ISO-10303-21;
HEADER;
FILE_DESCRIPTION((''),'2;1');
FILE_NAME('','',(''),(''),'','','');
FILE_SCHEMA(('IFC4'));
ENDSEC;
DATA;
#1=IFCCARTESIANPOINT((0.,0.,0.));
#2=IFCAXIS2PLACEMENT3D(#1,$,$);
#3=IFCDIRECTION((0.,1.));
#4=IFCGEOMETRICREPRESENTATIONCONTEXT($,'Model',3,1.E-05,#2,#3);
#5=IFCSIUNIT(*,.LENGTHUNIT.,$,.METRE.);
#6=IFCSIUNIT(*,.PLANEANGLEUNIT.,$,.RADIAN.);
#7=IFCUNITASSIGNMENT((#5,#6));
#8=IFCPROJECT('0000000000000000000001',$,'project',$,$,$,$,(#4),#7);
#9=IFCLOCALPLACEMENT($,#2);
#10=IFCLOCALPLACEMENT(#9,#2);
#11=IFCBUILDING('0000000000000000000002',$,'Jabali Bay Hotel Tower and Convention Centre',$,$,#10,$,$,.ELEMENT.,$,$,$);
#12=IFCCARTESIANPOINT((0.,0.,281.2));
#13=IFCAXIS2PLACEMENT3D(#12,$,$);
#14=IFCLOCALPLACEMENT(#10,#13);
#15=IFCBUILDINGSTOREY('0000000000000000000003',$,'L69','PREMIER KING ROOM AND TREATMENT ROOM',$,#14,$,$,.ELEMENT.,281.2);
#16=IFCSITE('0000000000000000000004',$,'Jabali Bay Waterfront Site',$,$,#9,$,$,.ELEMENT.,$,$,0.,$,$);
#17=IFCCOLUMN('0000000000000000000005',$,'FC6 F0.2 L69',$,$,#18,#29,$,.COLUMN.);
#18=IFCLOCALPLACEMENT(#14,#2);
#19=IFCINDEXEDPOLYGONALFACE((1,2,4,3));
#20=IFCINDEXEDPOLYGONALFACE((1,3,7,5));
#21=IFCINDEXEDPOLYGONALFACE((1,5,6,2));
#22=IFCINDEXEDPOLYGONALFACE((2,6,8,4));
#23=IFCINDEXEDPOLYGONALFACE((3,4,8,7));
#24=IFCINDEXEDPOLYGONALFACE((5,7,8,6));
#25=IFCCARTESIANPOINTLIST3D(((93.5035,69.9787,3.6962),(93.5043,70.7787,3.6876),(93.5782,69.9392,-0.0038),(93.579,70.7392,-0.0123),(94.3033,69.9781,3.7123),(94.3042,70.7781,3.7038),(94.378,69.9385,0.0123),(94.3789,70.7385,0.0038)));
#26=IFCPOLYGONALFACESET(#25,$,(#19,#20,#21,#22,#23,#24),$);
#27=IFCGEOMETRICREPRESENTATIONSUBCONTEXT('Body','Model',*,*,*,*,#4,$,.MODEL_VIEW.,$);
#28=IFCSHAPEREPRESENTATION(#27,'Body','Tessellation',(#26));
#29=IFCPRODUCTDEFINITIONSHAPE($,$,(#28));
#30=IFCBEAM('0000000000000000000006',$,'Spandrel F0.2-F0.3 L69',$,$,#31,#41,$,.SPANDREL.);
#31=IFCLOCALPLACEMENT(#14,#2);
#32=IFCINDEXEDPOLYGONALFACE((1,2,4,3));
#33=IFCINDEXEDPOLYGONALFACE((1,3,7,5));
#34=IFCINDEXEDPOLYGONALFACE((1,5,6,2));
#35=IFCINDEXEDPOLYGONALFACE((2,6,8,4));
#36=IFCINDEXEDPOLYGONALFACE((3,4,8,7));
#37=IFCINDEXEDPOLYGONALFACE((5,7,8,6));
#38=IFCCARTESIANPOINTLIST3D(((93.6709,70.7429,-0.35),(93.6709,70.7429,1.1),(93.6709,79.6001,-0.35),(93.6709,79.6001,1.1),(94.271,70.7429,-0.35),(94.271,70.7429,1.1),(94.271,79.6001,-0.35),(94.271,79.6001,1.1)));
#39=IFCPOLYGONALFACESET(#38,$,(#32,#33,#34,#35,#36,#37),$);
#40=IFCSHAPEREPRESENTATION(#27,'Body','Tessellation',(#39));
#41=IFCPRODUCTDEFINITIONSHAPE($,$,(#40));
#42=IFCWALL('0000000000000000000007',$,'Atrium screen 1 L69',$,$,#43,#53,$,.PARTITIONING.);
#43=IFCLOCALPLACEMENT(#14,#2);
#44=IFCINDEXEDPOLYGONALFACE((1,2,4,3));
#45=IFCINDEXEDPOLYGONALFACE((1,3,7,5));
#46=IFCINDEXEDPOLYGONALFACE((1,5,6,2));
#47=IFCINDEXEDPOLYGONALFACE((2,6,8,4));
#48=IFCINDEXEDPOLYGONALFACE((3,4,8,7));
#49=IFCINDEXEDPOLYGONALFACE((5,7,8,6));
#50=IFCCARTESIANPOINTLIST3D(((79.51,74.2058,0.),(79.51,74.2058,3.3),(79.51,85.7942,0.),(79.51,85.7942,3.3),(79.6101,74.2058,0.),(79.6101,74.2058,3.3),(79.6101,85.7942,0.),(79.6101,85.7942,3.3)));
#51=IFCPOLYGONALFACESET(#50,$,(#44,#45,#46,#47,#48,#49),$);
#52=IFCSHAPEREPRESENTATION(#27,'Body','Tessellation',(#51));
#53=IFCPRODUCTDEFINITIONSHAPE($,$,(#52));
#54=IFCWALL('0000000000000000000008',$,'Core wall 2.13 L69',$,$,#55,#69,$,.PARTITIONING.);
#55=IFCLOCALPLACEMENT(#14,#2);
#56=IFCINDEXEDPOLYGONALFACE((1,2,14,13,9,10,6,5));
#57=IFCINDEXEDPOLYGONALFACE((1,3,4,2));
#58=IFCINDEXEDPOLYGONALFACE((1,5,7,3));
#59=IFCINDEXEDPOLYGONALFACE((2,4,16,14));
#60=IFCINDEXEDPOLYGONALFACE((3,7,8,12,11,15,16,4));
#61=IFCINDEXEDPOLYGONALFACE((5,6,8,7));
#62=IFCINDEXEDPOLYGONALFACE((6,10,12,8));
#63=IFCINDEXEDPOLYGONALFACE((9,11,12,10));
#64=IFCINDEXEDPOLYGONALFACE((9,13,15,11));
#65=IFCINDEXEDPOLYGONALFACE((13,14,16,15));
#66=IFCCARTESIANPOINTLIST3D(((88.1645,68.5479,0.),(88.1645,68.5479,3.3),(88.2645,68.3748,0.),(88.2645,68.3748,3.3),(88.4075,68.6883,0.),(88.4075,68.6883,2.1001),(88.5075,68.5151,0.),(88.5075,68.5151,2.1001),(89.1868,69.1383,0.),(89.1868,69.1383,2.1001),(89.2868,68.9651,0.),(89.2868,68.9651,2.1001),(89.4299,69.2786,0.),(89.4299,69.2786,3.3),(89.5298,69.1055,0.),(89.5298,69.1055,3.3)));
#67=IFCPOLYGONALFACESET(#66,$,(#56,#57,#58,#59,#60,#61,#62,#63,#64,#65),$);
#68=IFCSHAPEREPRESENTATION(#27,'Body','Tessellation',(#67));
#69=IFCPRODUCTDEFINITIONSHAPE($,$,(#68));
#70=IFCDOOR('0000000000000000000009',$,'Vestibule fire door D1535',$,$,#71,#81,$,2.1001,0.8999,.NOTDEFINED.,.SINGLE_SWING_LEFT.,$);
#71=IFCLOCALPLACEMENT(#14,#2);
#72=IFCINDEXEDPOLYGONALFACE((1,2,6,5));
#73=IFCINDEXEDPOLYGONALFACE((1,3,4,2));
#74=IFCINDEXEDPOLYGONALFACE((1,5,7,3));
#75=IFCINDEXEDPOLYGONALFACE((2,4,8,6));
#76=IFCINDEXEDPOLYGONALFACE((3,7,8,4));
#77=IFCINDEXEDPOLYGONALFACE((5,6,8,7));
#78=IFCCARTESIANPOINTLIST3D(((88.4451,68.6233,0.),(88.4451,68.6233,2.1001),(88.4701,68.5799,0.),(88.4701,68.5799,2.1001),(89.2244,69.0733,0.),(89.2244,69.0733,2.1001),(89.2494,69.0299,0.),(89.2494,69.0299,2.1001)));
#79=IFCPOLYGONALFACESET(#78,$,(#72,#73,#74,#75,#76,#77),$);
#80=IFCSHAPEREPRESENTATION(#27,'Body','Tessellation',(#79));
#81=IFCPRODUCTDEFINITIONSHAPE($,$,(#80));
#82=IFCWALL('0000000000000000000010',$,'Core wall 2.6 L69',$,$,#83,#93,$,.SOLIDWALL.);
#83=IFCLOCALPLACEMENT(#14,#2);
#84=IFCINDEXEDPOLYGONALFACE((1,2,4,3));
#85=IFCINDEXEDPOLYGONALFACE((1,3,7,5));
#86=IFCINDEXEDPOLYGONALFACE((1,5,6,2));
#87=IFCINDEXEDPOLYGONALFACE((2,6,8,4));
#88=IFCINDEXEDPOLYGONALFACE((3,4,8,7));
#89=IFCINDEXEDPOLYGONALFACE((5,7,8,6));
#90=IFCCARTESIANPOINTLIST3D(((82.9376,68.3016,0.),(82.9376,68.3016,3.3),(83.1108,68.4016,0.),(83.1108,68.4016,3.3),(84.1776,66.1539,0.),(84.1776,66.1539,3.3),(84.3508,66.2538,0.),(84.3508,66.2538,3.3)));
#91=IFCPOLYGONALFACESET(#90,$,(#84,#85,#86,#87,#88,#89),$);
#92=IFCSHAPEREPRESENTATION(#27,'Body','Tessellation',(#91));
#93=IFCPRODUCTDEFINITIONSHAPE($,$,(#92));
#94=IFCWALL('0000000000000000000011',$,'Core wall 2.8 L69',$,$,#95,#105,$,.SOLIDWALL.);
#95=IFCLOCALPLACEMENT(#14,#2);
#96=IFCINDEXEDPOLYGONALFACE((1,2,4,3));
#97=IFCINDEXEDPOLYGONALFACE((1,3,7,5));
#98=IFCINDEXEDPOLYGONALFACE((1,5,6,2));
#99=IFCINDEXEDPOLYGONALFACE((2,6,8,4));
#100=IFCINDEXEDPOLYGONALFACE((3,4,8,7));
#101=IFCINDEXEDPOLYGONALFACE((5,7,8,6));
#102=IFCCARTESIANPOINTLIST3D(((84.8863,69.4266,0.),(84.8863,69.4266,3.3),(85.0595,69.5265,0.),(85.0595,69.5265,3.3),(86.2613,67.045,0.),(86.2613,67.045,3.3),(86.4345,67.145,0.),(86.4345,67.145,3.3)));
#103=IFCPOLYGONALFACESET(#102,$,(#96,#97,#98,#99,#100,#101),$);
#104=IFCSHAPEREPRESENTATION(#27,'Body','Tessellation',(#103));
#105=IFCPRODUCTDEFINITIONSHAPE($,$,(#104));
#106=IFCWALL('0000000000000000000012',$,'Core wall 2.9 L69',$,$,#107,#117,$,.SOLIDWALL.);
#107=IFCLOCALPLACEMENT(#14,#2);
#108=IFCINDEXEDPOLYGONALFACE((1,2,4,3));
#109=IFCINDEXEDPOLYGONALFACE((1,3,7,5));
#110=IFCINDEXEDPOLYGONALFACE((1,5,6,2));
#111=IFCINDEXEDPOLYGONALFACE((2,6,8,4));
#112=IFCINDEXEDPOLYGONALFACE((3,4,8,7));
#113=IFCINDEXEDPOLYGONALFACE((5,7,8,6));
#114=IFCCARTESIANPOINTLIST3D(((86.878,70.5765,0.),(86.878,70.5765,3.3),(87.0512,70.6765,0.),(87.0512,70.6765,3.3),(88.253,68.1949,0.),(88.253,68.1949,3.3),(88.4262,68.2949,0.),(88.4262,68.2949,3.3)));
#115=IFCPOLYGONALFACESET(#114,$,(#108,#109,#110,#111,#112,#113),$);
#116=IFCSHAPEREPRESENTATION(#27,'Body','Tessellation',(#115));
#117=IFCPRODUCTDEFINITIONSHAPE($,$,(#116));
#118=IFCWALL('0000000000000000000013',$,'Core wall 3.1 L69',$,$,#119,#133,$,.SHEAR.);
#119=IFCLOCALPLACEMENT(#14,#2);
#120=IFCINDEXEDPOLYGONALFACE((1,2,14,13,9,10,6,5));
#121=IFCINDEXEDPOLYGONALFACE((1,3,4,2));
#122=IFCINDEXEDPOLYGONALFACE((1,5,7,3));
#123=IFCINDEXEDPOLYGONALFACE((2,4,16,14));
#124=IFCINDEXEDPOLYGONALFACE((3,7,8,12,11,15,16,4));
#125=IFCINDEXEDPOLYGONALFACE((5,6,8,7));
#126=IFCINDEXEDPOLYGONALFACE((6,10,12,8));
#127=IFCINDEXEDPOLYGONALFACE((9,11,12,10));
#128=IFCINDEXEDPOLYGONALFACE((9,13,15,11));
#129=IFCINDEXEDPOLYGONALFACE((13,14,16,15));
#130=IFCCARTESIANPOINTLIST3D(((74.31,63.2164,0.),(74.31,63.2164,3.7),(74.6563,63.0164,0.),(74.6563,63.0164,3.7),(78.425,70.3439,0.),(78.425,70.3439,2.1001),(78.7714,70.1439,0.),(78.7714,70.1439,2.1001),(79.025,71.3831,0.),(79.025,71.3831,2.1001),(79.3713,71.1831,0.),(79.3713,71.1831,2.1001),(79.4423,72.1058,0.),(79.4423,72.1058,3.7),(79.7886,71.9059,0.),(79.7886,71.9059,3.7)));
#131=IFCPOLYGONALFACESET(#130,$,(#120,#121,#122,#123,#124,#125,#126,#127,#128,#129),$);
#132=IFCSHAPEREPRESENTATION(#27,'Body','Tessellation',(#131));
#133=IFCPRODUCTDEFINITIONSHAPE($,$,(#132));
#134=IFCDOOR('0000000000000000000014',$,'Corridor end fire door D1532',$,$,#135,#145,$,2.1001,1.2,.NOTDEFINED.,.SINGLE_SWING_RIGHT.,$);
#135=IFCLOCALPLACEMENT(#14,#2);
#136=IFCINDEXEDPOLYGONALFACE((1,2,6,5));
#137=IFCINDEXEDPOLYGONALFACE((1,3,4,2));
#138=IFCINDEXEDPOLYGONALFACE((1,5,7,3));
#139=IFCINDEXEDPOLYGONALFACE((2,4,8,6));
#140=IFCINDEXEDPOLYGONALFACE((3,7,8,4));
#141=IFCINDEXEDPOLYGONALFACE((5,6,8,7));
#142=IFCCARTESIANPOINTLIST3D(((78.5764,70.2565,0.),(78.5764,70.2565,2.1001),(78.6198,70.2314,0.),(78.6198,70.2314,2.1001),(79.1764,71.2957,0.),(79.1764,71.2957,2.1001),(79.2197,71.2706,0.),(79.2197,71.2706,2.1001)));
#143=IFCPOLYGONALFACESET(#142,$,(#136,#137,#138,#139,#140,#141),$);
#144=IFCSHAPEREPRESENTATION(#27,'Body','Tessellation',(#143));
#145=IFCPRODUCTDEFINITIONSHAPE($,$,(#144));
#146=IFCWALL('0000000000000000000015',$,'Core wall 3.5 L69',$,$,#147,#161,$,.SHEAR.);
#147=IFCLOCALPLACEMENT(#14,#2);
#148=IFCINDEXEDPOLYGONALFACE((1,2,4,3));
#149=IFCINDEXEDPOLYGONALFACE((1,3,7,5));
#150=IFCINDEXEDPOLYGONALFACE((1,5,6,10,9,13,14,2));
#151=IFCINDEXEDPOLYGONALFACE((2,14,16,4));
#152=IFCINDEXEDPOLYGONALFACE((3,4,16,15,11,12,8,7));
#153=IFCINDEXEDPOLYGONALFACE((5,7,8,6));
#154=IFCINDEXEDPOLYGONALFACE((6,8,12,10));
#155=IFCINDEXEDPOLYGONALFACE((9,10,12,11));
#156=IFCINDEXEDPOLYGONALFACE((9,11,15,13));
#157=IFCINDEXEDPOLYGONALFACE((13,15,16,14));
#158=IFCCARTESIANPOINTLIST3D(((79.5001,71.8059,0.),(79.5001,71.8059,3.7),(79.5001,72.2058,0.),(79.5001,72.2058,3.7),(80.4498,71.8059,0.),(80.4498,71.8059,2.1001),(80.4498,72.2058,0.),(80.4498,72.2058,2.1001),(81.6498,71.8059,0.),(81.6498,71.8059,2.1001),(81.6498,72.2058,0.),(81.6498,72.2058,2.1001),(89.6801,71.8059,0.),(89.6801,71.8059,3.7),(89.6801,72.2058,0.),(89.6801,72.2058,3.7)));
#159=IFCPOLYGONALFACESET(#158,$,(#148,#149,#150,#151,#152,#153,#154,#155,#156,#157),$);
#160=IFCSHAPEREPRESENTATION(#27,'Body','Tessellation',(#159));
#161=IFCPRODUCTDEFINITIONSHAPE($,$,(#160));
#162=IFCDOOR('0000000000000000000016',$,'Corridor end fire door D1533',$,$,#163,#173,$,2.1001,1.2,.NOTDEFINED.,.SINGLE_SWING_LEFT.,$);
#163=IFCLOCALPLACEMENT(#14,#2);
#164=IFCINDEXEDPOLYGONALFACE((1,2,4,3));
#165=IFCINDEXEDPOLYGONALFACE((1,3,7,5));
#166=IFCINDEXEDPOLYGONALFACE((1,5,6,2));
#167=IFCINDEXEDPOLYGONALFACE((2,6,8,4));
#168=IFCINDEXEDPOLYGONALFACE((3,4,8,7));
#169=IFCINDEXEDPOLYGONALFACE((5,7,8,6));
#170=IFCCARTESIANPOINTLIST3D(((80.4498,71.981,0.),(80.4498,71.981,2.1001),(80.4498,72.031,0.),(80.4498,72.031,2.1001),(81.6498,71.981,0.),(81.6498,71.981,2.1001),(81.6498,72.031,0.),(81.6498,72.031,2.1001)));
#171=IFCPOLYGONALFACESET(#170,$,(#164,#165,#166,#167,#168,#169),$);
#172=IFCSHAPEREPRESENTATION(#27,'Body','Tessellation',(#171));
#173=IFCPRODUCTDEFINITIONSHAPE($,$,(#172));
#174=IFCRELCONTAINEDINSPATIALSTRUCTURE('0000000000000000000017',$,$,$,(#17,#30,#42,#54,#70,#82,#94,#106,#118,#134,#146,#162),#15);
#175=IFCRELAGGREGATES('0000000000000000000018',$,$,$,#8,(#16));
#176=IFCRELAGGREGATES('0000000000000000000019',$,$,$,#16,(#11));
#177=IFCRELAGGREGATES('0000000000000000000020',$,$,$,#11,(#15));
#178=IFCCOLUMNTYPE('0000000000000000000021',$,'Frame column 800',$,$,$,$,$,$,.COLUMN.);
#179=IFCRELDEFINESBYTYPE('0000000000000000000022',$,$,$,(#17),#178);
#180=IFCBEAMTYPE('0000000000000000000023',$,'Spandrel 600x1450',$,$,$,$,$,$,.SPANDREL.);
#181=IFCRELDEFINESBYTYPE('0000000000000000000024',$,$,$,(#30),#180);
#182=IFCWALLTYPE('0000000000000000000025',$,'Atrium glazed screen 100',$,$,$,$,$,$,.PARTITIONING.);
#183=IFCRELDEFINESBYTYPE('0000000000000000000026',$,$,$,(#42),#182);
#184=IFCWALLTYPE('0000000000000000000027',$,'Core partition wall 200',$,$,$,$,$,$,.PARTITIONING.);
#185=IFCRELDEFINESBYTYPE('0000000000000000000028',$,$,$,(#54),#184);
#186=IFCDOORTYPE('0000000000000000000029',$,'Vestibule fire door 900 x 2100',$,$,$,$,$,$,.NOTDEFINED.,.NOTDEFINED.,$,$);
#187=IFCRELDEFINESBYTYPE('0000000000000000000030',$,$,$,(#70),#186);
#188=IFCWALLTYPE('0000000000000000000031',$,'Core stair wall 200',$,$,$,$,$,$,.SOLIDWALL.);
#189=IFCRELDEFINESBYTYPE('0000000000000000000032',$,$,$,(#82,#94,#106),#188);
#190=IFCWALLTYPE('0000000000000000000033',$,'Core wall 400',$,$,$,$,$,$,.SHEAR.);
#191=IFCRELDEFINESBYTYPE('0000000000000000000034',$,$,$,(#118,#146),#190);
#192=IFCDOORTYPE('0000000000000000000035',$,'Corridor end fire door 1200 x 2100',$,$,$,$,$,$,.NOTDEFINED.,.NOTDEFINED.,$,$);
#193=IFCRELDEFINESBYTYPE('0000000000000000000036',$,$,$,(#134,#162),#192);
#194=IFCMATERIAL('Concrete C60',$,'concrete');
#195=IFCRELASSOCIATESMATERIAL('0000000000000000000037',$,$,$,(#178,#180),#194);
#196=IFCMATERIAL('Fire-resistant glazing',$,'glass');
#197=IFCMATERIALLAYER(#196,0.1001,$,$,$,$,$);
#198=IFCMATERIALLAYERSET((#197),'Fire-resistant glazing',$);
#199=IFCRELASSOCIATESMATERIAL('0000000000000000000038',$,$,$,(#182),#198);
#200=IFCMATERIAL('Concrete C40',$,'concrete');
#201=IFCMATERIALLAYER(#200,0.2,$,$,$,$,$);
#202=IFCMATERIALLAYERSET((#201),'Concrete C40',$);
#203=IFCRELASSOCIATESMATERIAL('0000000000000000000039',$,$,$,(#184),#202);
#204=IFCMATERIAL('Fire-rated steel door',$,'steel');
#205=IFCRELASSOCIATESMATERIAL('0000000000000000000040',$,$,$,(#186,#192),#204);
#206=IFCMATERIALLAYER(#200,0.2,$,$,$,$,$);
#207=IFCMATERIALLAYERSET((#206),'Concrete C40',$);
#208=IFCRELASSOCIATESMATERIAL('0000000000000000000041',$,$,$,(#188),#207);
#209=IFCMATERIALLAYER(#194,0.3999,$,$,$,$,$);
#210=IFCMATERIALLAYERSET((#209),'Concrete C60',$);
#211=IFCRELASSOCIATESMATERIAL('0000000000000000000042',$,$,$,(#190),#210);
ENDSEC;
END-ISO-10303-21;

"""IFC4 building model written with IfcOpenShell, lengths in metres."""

from ifc_helpers import new_model, si_unit, direction, frame, frame_2d, origin, origin_2d, place, context, subcontext, project, spatial, rectangle, extrude, material, layer, layer_set, material_profile, profile_set, type_object, element, fill, save


model = new_model("IFC4")

# Units and contexts
model_context = context("Model", 3, precision=1e-05, world=origin(), true_north=direction((0.0, 1.0)))
body_context = subcontext(model_context, "Body", "Model", "MODEL_VIEW")
ifc_project = project(units=[si_unit("LENGTHUNIT", "METRE"), si_unit("PLANEANGLEUNIT", "RADIAN")], contexts=[model_context])

# Site, building, storey
site_placement = place(None, origin())
site = spatial("IfcSite", under=ifc_project, at=site_placement, Name="Jabali Bay Waterfront Site", CompositionType="ELEMENT", RefElevation=0.0)
building_placement = place(site_placement, origin())
building = spatial("IfcBuilding", under=site, at=building_placement, Name="Jabali Bay Hotel Tower and Convention Centre", CompositionType="ELEMENT")
storey_placement = place(building_placement, frame((0.0, 0.0, 281.2)))
storey = spatial("IfcBuildingStorey", under=building, at=storey_placement, Name="L69", Description="PREMIER KING ROOM AND TREATMENT ROOM", CompositionType="ELEMENT", Elevation=281.2)

# Column
ifc_material_1 = material(Name="Concrete C60", Category="concrete")
ifc_material_profile_1 = material_profile(ifc_material_1, rectangle(XDim=0.8, YDim=0.8, at=origin_2d()), Name="Frame column 800")
ifc_profile_set_1 = profile_set([ifc_material_profile_1], Name="Concrete C60")
column_type = type_object("IfcColumnType", Name="Frame column 800", PredefinedType="COLUMN", material=ifc_profile_set_1)
column_placement = place(storey_placement, frame((93.9785, 70.3389, 0.0), z_axis=(-0.020186, 0.010687, 0.999739), x_axis=(-0.001023, -0.999943, 0.010668)))
element("IfcColumn", 1, at=column_placement, inside=storey, type_object=column_type, Name="FC6 F0.2 L69", PredefinedType="COLUMN", context=body_context, shape_type="SweptSolid", body=[
    extrude(rectangle(XDim=0.8, YDim=0.8, at=origin_2d()), origin(), (0.0, 0.0, 1.0), 3.7009),
])

# Beam
ifc_material_profile_2 = material_profile(ifc_material_1, rectangle(XDim=0.6001, YDim=1.45, at=origin_2d()), Name="Spandrel 600x1450")
ifc_profile_set_2 = profile_set([ifc_material_profile_2], Name="Concrete C60")
beam_type = type_object("IfcBeamType", Name="Spandrel 600x1450", PredefinedType="SPANDREL", material=ifc_profile_set_2)
beam_placement = place(storey_placement, frame((93.9709, 70.7429, 0.375), z_axis=(0.0, 1.0, 0.0), x_axis=(-1.0, 0.0, 0.0)))
element("IfcBeam", 2, at=beam_placement, inside=storey, type_object=beam_type, Name="Spandrel F0.2-F0.3 L69", PredefinedType="SPANDREL", context=body_context, shape_type="SweptSolid", body=[
    extrude(rectangle(XDim=0.6001, YDim=1.45, at=origin_2d()), origin(), (0.0, 0.0, 1.0), 8.8572),
])

# Wall
ifc_material_2 = material(Name="Fire-resistant glazing", Category="glass")
ifc_layer_1 = layer(ifc_material_2, 0.1001)
ifc_layer_set_1 = layer_set([ifc_layer_1], Name="Fire-resistant glazing")
wall_type_1 = type_object("IfcWallType", Name="Atrium glazed screen 100", PredefinedType="PARTITIONING", material=ifc_layer_set_1)
wall_1_placement = place(storey_placement, frame((79.5601, 74.2058, 0.0), z_axis=(0.0, 0.0, 1.0), x_axis=(0.0, 1.0, 0.0)))
element("IfcWall", 3, at=wall_1_placement, inside=storey, type_object=wall_type_1, Name="Atrium screen 1 L69", PredefinedType="PARTITIONING", context=body_context, shape_type="SweptSolid", body=[
    extrude(rectangle(XDim=11.5884, YDim=0.1001, at=frame_2d((5.7942, 0.0))), origin(), (0.0, 0.0, 1.0), 3.3),
])

# Wall, opening, door
ifc_material_3 = material(Name="Concrete C40", Category="concrete")
ifc_layer_2 = layer(ifc_material_3, 0.2)
ifc_layer_set_2 = layer_set([ifc_layer_2], Name="Concrete C40")
wall_type_2 = type_object("IfcWallType", Name="Core partition wall 200", PredefinedType="PARTITIONING", material=ifc_layer_set_2)
wall_2_placement = place(storey_placement, frame((88.2146, 68.4614, 0.0), z_axis=(0.0, 0.0, 1.0), x_axis=(0.865982, 0.500074, 0.0)))
wall_2 = element("IfcWall", 4, at=wall_2_placement, inside=storey, type_object=wall_type_2, Name="Core wall 2.13 L69", PredefinedType="PARTITIONING", context=body_context, shape_type="SweptSolid", body=[
    extrude(rectangle(XDim=1.4612, YDim=0.2, at=frame_2d((0.7305, 0.0))), origin(), (0.0, 0.0, 1.0), 3.3),
])
opening_1_placement = place(wall_2_placement, frame((0.2805, 0.0, 0.0)))
opening_1 = element("IfcOpeningElement", 5, at=opening_1_placement, cuts=wall_2, PredefinedType="OPENING", context=body_context, shape_type="SweptSolid", body=[
    extrude(rectangle(XDim=0.8999, YDim=2.1001, at=frame_2d((0.45, 1.05))), frame((0.0, 0.1104, 0.0), z_axis=(0.0, -1.0, 0.0), x_axis=(1.0, 0.0, 0.0)), (0.0, 0.0, 1.0), 0.2209),
])
ifc_material_4 = material(Name="Fire-rated steel door", Category="steel")
door_type_1 = type_object("IfcDoorType", Name="Vestibule fire door 900 x 2100", OperationType="NOTDEFINED", PredefinedType="NOTDEFINED", material=ifc_material_4)
door_1_placement = place(opening_1_placement, origin())
door_1 = element("IfcDoor", 6, at=door_1_placement, inside=storey, type_object=door_type_1, Name="Vestibule fire door D1535", OperationType="SINGLE_SWING_LEFT", OverallHeight=2.1001, OverallWidth=0.8999, PredefinedType="NOTDEFINED", context=body_context, shape_type="SweptSolid", body=[
    extrude(rectangle(XDim=0.8999, YDim=2.1001, at=frame_2d((0.45, 1.05))), frame((0.0, 0.0249, 0.0), z_axis=(0.0, -1.0, 0.0), x_axis=(1.0, 0.0, 0.0)), (0.0, 0.0, 1.0), 0.05),
])
fill(opening_1, door_1)

# Walls
ifc_layer_3 = layer(ifc_material_3, 0.2)
ifc_layer_set_3 = layer_set([ifc_layer_3], Name="Concrete C40")
wall_type_3 = type_object("IfcWallType", Name="Core stair wall 200", PredefinedType="SOLIDWALL", material=ifc_layer_set_3)
wall_3_placement = place(storey_placement, frame((83.0242, 68.3516, 0.0), z_axis=(0.0, 0.0, 1.0), x_axis=(0.500004, -0.866023, 0.0)))
element("IfcWall", 7, at=wall_3_placement, inside=storey, type_object=wall_type_3, Name="Core wall 2.6 L69", PredefinedType="SOLIDWALL", context=body_context, shape_type="SweptSolid", body=[
    extrude(rectangle(XDim=2.48, YDim=0.2, at=frame_2d((1.24, 0.0))), origin(), (0.0, 0.0, 1.0), 3.3),
])
for number, where, z_axis, x_axis, name in (
    (8, (84.9729, 69.4766, 0.0), (0.0, 0.0, 1.0), (0.499997, -0.866027, 0.0), "Core wall 2.8 L69"),
    (9, (86.9646, 70.6265, 0.0), (0.0, 0.0, 1.0), (0.499997, -0.866027, 0.0), "Core wall 2.9 L69"),
):
    element("IfcWall", number, at=place(storey_placement, frame(where, z_axis=z_axis, x_axis=x_axis)), inside=storey, type_object=wall_type_3, Name=name, PredefinedType="SOLIDWALL", context=body_context, shape_type="SweptSolid", body=[
        extrude(rectangle(XDim=2.75, YDim=0.2, at=frame_2d((1.375, 0.0))), origin(), (0.0, 0.0, 1.0), 3.3),
    ])

# Walls, openings, doors
ifc_layer_4 = layer(ifc_material_1, 0.3999)
ifc_layer_set_4 = layer_set([ifc_layer_4], Name="Concrete C60")
wall_type_4 = type_object("IfcWallType", Name="Core wall 400", PredefinedType="SHEAR", material=ifc_layer_set_4)
wall_4_placement = place(storey_placement, frame((79.6155, 72.0059, 0.0), z_axis=(0.0, 0.0, 1.0), x_axis=(-0.500002, -0.866024, 0.0)))
wall_4 = element("IfcWall", 10, at=wall_4_placement, inside=storey, type_object=wall_type_4, Name="Core wall 3.1 L69", PredefinedType="SHEAR", context=body_context, shape_type="SweptSolid", body=[
    extrude(rectangle(XDim=10.2646, YDim=0.3999, at=frame_2d((5.1323, 0.0))), origin(), (0.0, 0.0, 1.0), 3.7),
])
opening_2_placement = place(wall_4_placement, frame((0.8345, 0.0, 0.0)))
opening_2 = element("IfcOpeningElement", 11, at=opening_2_placement, cuts=wall_4, PredefinedType="OPENING", context=body_context, shape_type="SweptSolid", body=[
    extrude(rectangle(XDim=1.2, YDim=2.1001, at=frame_2d((0.6001, 1.05))), frame((0.0, 0.2104, 0.0), z_axis=(0.0, -1.0, 0.0), x_axis=(1.0, 0.0, 0.0)), (0.0, 0.0, 1.0), 0.4209),
])
door_type_2 = type_object("IfcDoorType", Name="Corridor end fire door 1200 x 2100", OperationType="NOTDEFINED", PredefinedType="NOTDEFINED", material=ifc_material_4)
door_2_placement = place(opening_2_placement, origin())
door_2 = element("IfcDoor", 12, at=door_2_placement, inside=storey, type_object=door_type_2, Name="Corridor end fire door D1532", OperationType="SINGLE_SWING_RIGHT", OverallHeight=2.1001, OverallWidth=1.2, PredefinedType="NOTDEFINED", context=body_context, shape_type="SweptSolid", body=[
    extrude(rectangle(XDim=1.2, YDim=2.1001, at=frame_2d((0.6001, 1.05))), frame((0.0, 0.0249, 0.0), z_axis=(0.0, -1.0, 0.0), x_axis=(1.0, 0.0, 0.0)), (0.0, 0.0, 1.0), 0.05),
])
fill(opening_2, door_2)
wall_5_placement = place(storey_placement, frame((89.6799, 72.0059, 0.0), z_axis=(0.0, 0.0, 1.0), x_axis=(-1.0, 0.0, 0.0)))
wall_5 = element("IfcWall", 13, at=wall_5_placement, inside=storey, type_object=wall_type_4, Name="Core wall 3.5 L69", PredefinedType="SHEAR", context=body_context, shape_type="SweptSolid", body=[
    extrude(rectangle(XDim=10.1799, YDim=0.3999, at=frame_2d((5.0898, 0.0))), origin(), (0.0, 0.0, 1.0), 3.7),
])
opening_3_placement = place(wall_5_placement, frame((8.03, 0.0, 0.0)))
opening_3 = element("IfcOpeningElement", 14, at=opening_3_placement, cuts=wall_5, PredefinedType="OPENING", context=body_context, shape_type="SweptSolid", body=[
    extrude(rectangle(XDim=1.2, YDim=2.1001, at=frame_2d((0.6001, 1.05))), frame((0.0, 0.2104, 0.0), z_axis=(0.0, -1.0, 0.0), x_axis=(1.0, 0.0, 0.0)), (0.0, 0.0, 1.0), 0.4209),
])
door_3_placement = place(opening_3_placement, origin())
door_3 = element("IfcDoor", 15, at=door_3_placement, inside=storey, type_object=door_type_2, Name="Corridor end fire door D1533", OperationType="SINGLE_SWING_LEFT", OverallHeight=2.1001, OverallWidth=1.2, PredefinedType="NOTDEFINED", context=body_context, shape_type="SweptSolid", body=[
    extrude(rectangle(XDim=1.2, YDim=2.1001, at=frame_2d((0.6001, 1.05))), frame((0.0, 0.0249, 0.0), z_axis=(0.0, -1.0, 0.0), x_axis=(1.0, 0.0, 0.0)), (0.0, 0.0, 1.0), 0.05),
])
fill(opening_3, door_3)

save(model, "model.ifc")
